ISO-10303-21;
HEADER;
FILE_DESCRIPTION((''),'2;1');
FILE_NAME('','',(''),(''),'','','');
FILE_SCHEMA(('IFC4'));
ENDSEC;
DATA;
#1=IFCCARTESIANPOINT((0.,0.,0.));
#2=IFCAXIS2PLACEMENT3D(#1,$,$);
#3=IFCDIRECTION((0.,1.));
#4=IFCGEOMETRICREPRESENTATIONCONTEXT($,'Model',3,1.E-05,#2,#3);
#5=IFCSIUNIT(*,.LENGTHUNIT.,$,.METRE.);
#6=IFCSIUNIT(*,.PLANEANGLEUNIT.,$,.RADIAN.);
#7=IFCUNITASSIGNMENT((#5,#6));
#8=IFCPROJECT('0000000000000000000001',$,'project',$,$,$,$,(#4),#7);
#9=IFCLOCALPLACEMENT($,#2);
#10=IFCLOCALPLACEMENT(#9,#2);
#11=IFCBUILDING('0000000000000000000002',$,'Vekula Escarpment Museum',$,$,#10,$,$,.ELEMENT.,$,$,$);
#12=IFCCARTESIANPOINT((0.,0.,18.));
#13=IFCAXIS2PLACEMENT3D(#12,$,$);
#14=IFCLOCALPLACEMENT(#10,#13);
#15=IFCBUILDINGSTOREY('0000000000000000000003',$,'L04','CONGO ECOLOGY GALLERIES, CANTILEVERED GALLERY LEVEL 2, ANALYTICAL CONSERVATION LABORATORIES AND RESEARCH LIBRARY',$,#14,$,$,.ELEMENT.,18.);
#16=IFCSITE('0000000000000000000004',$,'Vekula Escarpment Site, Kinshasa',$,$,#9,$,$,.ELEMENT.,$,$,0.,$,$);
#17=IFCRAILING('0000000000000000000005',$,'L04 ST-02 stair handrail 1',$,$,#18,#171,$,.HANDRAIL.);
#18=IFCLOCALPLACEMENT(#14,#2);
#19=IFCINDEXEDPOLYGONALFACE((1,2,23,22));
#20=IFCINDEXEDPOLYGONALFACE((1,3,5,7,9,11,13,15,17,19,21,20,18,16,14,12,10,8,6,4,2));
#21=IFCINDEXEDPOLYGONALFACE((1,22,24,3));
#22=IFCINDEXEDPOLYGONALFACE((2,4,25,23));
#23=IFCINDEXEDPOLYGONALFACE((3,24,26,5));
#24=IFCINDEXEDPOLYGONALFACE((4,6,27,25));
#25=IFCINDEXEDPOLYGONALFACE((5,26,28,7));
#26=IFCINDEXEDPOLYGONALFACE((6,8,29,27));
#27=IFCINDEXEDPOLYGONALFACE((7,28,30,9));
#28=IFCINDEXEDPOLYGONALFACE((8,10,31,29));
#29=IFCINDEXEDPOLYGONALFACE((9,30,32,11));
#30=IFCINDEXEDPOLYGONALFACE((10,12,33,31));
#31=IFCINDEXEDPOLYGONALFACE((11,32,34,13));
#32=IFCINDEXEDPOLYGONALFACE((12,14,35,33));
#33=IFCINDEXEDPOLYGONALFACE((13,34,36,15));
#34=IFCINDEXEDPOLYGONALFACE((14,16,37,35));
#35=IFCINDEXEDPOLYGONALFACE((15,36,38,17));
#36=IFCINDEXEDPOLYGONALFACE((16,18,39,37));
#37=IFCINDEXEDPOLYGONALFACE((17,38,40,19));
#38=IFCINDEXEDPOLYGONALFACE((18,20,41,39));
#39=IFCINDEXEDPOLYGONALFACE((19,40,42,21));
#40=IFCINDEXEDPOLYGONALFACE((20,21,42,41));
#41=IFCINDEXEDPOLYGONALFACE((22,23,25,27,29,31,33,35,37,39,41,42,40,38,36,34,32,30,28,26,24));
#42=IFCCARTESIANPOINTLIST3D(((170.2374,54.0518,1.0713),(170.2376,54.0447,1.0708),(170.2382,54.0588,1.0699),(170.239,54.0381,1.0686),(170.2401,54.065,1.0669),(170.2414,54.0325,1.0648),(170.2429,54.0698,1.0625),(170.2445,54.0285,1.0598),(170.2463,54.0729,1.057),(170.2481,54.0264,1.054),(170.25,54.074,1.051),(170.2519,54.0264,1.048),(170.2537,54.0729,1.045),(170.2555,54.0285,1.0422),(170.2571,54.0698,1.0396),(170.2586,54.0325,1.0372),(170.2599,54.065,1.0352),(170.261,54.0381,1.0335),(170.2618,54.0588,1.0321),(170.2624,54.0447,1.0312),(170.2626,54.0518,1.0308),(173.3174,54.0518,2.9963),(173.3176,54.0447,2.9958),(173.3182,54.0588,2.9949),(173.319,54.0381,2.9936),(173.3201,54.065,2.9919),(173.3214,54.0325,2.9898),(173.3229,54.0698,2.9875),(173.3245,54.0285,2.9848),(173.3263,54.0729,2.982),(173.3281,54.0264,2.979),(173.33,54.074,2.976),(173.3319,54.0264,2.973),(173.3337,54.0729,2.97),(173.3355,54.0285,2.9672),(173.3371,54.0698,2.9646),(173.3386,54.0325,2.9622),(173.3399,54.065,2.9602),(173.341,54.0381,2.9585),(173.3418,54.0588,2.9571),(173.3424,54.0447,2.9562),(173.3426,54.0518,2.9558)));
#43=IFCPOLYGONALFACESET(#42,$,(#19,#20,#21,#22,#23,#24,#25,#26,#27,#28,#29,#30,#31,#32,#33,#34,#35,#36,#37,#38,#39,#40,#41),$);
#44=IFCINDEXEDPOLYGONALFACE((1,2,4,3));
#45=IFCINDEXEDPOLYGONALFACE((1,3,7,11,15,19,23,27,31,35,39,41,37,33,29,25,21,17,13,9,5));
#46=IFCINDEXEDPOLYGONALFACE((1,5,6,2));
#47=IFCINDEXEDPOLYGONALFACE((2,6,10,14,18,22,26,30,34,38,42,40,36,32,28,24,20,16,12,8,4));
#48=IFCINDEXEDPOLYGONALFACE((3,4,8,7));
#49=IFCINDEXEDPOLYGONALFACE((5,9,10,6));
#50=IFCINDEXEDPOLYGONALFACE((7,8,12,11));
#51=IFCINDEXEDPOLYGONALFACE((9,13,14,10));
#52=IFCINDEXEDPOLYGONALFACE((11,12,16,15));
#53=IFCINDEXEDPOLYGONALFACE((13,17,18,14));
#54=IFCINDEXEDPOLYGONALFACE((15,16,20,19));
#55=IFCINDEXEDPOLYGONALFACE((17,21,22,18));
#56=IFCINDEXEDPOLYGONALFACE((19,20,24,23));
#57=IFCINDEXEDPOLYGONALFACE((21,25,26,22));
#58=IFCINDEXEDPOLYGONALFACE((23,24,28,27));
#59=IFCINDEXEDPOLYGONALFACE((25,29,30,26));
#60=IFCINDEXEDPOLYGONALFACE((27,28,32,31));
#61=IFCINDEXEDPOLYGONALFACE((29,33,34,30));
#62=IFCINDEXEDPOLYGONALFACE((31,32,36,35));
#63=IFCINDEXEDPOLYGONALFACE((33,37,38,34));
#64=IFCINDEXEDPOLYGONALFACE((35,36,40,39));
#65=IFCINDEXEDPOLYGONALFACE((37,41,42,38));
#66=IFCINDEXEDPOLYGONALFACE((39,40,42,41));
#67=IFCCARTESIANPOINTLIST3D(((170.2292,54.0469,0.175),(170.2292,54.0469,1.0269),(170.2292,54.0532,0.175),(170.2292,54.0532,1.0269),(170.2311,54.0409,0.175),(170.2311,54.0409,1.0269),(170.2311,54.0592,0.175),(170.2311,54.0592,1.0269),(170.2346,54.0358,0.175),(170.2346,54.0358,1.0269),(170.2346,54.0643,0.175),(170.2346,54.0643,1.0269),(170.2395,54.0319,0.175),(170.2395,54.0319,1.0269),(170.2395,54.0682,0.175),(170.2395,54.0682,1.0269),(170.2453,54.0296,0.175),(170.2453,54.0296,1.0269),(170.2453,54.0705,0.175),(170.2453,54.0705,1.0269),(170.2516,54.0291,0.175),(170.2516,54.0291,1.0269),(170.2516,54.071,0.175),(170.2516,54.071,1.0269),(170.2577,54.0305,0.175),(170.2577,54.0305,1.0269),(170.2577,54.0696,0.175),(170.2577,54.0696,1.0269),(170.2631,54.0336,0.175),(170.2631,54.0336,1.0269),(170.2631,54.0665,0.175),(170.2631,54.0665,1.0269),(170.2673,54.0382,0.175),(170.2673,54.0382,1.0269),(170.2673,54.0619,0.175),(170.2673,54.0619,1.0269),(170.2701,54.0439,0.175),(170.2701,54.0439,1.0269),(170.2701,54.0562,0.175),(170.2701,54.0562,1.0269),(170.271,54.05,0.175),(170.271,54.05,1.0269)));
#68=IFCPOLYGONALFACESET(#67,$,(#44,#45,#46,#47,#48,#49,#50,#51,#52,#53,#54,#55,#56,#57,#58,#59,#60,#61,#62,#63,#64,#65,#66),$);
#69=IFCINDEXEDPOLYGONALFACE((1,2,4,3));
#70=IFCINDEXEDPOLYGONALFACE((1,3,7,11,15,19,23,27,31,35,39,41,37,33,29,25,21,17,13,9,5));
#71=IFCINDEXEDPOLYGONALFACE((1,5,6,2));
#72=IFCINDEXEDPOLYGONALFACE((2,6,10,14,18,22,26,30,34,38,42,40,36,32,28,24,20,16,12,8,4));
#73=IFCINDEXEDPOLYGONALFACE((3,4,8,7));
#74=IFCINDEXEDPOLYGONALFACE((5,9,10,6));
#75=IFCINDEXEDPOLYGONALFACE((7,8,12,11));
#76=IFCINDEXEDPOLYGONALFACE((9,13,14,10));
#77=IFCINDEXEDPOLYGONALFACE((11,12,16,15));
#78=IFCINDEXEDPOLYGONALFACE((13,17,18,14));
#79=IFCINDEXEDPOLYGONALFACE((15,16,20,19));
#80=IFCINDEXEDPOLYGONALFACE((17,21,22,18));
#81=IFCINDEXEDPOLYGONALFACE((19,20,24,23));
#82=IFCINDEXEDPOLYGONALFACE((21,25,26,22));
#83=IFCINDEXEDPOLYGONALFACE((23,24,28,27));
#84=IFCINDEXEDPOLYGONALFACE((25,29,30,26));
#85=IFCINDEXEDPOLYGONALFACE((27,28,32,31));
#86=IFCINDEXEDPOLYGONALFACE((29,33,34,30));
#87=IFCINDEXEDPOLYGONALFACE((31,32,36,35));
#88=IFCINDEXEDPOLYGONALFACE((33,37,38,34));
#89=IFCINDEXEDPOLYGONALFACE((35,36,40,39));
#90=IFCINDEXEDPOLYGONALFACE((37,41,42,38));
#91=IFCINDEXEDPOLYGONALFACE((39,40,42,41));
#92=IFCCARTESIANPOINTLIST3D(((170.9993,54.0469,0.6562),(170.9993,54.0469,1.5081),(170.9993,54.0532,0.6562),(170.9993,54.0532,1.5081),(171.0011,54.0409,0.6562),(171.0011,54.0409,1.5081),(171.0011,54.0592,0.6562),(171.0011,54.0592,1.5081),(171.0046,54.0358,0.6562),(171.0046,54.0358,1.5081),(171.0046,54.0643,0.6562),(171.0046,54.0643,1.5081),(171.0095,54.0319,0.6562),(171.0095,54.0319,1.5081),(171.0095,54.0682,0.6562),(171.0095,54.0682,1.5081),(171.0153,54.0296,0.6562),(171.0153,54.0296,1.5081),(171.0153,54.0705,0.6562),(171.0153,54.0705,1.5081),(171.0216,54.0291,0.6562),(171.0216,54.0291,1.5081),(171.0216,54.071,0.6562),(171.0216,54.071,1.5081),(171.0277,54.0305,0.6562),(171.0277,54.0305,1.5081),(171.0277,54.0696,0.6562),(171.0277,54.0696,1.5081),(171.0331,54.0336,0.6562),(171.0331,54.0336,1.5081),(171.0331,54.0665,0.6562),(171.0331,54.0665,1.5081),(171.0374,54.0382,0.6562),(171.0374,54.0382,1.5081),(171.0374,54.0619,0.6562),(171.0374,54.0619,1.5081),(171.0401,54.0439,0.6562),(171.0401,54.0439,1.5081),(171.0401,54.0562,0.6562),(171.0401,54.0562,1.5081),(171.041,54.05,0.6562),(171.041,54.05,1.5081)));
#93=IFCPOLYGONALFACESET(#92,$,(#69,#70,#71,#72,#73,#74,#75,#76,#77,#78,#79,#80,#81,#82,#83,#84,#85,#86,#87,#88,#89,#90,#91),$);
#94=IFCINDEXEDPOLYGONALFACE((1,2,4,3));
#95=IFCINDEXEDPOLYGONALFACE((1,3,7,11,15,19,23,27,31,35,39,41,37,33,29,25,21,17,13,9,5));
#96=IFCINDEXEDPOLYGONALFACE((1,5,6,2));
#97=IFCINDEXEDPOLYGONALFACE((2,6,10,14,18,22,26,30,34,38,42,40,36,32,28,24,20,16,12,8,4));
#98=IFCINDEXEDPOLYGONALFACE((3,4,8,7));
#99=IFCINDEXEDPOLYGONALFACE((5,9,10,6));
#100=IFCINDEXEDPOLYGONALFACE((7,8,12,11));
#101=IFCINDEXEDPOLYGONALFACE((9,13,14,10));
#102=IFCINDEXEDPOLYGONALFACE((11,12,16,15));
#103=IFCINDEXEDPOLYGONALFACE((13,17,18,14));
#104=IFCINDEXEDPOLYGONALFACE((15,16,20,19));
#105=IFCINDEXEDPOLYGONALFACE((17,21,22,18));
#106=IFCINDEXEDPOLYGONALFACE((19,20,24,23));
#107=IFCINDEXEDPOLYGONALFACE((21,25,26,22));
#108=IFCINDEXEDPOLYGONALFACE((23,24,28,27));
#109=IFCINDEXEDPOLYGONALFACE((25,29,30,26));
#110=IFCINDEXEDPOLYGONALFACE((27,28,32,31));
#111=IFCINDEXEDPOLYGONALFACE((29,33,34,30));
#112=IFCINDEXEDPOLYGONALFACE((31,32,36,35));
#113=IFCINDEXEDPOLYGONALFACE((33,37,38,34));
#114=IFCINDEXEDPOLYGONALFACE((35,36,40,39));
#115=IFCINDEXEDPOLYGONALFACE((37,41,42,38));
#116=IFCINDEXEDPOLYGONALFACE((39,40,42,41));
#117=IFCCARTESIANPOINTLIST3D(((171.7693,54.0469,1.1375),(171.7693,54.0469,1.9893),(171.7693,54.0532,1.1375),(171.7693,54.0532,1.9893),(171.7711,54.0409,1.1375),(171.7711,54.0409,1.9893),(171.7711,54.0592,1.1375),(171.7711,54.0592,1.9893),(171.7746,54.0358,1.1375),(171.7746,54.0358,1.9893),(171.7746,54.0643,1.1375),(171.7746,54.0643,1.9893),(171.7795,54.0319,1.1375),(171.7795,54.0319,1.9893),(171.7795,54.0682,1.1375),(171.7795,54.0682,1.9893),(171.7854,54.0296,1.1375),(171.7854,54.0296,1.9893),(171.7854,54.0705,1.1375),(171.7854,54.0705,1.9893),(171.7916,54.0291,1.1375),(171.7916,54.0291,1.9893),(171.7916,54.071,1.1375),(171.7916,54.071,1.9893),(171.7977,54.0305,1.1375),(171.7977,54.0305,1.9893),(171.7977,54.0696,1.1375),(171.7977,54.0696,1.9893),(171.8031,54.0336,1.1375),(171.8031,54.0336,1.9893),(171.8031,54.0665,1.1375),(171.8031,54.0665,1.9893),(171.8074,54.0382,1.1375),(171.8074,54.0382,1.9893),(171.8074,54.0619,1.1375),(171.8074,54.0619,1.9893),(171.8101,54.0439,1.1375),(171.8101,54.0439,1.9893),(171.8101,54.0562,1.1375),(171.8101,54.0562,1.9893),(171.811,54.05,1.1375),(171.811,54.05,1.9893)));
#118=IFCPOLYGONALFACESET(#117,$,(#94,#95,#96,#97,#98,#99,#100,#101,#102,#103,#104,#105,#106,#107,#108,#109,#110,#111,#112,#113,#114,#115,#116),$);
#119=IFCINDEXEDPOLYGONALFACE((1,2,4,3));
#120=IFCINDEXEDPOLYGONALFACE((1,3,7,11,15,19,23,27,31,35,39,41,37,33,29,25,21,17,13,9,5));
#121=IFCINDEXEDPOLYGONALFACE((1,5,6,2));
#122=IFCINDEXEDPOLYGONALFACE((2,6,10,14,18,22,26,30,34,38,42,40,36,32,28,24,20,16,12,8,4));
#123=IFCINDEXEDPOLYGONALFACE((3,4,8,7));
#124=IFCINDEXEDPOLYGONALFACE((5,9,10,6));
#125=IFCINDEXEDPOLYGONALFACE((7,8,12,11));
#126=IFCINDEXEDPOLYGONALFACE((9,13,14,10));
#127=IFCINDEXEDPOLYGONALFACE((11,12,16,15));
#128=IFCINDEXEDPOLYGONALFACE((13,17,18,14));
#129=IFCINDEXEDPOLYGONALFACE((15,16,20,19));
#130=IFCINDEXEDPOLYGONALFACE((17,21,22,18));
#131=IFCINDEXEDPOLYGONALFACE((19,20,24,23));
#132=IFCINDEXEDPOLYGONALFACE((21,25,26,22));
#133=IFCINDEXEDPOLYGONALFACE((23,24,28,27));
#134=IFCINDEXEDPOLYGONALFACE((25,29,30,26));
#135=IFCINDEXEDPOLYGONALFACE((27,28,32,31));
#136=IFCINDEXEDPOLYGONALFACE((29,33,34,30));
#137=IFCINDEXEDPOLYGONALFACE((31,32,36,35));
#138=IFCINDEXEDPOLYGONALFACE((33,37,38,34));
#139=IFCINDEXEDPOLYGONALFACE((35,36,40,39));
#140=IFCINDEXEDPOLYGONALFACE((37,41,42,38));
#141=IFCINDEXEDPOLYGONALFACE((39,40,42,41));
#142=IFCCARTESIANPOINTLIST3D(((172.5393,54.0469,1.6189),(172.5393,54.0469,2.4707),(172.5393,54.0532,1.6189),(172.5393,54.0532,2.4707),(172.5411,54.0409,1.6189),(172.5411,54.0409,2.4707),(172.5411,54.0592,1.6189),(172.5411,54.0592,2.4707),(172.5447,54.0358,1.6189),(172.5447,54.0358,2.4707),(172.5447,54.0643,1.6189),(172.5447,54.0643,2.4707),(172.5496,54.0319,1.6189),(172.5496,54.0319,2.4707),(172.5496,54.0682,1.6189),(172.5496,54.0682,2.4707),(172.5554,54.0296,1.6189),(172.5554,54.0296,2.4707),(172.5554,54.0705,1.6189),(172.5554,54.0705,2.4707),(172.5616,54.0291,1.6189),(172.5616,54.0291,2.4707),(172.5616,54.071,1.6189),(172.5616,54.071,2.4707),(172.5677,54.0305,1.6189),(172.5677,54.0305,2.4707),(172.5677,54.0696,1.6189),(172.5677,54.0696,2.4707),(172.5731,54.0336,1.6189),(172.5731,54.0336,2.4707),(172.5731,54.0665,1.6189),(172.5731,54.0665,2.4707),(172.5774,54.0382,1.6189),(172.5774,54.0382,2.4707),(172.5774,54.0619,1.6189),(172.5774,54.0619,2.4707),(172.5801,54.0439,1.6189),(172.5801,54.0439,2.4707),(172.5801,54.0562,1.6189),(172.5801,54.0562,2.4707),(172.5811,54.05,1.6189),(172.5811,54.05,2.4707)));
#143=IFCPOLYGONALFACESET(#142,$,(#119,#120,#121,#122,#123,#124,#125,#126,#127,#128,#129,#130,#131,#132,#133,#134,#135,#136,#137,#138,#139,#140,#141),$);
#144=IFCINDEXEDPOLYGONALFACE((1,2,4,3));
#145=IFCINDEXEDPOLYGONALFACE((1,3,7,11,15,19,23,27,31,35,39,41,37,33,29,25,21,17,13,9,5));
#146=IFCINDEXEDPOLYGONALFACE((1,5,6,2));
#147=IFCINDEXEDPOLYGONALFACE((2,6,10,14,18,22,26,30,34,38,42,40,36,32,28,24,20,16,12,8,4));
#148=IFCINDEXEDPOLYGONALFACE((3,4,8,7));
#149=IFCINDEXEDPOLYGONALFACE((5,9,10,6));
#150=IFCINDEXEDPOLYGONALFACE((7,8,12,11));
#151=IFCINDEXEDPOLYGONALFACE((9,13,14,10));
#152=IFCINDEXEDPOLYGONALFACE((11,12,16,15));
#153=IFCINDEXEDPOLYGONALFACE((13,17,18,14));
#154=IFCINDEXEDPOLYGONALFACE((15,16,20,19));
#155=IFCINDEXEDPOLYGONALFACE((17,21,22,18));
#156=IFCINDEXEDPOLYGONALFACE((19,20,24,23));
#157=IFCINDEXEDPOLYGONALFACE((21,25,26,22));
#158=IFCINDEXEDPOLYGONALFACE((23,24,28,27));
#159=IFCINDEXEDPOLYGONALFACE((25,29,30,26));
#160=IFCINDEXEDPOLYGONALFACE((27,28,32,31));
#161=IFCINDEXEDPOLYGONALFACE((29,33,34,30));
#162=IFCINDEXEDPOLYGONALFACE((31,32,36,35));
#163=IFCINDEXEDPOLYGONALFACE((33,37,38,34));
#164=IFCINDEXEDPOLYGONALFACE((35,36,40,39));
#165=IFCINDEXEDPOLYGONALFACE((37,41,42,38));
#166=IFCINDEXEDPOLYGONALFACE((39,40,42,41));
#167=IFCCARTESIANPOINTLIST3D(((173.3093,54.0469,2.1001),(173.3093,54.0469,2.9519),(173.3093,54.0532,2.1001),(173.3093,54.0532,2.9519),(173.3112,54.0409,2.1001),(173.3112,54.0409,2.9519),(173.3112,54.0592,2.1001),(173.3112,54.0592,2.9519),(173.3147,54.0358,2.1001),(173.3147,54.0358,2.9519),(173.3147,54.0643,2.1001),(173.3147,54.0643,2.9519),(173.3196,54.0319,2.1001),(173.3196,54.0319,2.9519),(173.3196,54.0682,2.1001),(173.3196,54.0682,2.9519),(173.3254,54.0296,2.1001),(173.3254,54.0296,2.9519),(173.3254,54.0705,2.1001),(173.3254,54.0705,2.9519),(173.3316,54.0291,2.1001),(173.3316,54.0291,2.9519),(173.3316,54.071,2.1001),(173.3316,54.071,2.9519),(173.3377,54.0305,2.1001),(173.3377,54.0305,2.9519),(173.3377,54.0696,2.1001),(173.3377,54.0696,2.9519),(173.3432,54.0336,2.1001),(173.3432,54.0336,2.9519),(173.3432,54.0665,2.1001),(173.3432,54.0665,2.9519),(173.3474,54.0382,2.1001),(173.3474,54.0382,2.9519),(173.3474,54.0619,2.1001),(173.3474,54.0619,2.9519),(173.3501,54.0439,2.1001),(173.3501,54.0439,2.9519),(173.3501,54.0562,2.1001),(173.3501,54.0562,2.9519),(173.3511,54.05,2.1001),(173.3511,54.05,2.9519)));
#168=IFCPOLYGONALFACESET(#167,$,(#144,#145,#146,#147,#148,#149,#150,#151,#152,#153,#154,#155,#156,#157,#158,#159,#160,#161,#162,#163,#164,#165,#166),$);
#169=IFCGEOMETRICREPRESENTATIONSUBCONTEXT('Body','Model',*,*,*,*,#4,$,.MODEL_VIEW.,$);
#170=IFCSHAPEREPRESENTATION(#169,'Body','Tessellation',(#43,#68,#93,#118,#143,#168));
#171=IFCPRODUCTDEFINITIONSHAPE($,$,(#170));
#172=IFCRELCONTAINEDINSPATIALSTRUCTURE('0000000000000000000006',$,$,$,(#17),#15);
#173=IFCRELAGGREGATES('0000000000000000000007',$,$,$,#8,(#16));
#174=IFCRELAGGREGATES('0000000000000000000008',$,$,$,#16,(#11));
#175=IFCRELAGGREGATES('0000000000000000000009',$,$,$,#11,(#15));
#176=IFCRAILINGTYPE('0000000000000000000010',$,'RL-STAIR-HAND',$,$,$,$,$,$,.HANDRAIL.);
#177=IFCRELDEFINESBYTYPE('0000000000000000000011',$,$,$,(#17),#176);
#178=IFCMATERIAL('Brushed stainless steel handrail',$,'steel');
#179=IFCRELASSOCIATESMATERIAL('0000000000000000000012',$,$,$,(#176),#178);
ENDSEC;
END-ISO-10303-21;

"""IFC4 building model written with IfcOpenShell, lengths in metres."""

from ifc_helpers import new_model, si_unit, direction, frame, origin, origin_2d, place, context, subcontext, project, spatial, circle, extrude, material, type_object, element, save


model = new_model("IFC4")

# Units and contexts
model_context = context("Model", 3, precision=1e-05, world=origin(), true_north=direction((0.0, 1.0)))
body_context = subcontext(model_context, "Body", "Model", "MODEL_VIEW")
ifc_project = project(units=[si_unit("LENGTHUNIT", "METRE"), si_unit("PLANEANGLEUNIT", "RADIAN")], contexts=[model_context])

# Site, building, storey
site_placement = place(None, origin())
site = spatial("IfcSite", under=ifc_project, at=site_placement, Name="Vekula Escarpment Site, Kinshasa", CompositionType="ELEMENT", RefElevation=0.0)
building_placement = place(site_placement, origin())
building = spatial("IfcBuilding", under=site, at=building_placement, Name="Vekula Escarpment Museum", CompositionType="ELEMENT")
storey_placement = place(building_placement, frame((0.0, 0.0, 18.0)))
storey = spatial("IfcBuildingStorey", under=building, at=storey_placement, Name="L04", Description="CONGO ECOLOGY GALLERIES, CANTILEVERED GALLERY LEVEL 2, ANALYTICAL CONSERVATION LABORATORIES AND RESEARCH LIBRARY", CompositionType="ELEMENT", Elevation=18.0)

# Railing
ifc_material_1 = material(Name="Brushed stainless steel handrail", Category="steel")
railing_type_1 = type_object("IfcRailingType", Name="RL-STAIR-HAND", PredefinedType="HANDRAIL", material=ifc_material_1)
railing_1_placement = place(storey_placement, frame((170.25, 54.05, 0.175)))
element("IfcRailing", 1, at=railing_1_placement, inside=storey, type_object=railing_type_1, Name="L04 ST-02 stair handrail 1", PredefinedType="HANDRAIL", context=body_context, shape_type="SweptSolid", body=[
    extrude(circle(Radius=0.0239, at=origin_2d()), frame((0.0, 0.0, 0.876), z_axis=(0.847998, 0.0, 0.529999), x_axis=(0.0, 1.0, 0.0)), (0.0, 0.0, 1.0), 3.6321),
    extrude(circle(Radius=0.021, at=origin_2d()), origin(), (0.0, 0.0, 1.0), 0.8518),
    extrude(circle(Radius=0.021, at=origin_2d()), frame((0.77, 0.0, 0.4812)), (0.0, 0.0, 1.0), 0.8518),
    extrude(circle(Radius=0.021, at=origin_2d()), frame((1.54, 0.0, 0.9624)), (0.0, 0.0, 1.0), 0.8518),
    extrude(circle(Radius=0.021, at=origin_2d()), frame((2.3101, 0.0, 1.4438)), (0.0, 0.0, 1.0), 0.8518),
    extrude(circle(Radius=0.021, at=origin_2d()), frame((3.0801, 0.0, 1.925)), (0.0, 0.0, 1.0), 0.8518),
])

save(model, "model.ifc")
